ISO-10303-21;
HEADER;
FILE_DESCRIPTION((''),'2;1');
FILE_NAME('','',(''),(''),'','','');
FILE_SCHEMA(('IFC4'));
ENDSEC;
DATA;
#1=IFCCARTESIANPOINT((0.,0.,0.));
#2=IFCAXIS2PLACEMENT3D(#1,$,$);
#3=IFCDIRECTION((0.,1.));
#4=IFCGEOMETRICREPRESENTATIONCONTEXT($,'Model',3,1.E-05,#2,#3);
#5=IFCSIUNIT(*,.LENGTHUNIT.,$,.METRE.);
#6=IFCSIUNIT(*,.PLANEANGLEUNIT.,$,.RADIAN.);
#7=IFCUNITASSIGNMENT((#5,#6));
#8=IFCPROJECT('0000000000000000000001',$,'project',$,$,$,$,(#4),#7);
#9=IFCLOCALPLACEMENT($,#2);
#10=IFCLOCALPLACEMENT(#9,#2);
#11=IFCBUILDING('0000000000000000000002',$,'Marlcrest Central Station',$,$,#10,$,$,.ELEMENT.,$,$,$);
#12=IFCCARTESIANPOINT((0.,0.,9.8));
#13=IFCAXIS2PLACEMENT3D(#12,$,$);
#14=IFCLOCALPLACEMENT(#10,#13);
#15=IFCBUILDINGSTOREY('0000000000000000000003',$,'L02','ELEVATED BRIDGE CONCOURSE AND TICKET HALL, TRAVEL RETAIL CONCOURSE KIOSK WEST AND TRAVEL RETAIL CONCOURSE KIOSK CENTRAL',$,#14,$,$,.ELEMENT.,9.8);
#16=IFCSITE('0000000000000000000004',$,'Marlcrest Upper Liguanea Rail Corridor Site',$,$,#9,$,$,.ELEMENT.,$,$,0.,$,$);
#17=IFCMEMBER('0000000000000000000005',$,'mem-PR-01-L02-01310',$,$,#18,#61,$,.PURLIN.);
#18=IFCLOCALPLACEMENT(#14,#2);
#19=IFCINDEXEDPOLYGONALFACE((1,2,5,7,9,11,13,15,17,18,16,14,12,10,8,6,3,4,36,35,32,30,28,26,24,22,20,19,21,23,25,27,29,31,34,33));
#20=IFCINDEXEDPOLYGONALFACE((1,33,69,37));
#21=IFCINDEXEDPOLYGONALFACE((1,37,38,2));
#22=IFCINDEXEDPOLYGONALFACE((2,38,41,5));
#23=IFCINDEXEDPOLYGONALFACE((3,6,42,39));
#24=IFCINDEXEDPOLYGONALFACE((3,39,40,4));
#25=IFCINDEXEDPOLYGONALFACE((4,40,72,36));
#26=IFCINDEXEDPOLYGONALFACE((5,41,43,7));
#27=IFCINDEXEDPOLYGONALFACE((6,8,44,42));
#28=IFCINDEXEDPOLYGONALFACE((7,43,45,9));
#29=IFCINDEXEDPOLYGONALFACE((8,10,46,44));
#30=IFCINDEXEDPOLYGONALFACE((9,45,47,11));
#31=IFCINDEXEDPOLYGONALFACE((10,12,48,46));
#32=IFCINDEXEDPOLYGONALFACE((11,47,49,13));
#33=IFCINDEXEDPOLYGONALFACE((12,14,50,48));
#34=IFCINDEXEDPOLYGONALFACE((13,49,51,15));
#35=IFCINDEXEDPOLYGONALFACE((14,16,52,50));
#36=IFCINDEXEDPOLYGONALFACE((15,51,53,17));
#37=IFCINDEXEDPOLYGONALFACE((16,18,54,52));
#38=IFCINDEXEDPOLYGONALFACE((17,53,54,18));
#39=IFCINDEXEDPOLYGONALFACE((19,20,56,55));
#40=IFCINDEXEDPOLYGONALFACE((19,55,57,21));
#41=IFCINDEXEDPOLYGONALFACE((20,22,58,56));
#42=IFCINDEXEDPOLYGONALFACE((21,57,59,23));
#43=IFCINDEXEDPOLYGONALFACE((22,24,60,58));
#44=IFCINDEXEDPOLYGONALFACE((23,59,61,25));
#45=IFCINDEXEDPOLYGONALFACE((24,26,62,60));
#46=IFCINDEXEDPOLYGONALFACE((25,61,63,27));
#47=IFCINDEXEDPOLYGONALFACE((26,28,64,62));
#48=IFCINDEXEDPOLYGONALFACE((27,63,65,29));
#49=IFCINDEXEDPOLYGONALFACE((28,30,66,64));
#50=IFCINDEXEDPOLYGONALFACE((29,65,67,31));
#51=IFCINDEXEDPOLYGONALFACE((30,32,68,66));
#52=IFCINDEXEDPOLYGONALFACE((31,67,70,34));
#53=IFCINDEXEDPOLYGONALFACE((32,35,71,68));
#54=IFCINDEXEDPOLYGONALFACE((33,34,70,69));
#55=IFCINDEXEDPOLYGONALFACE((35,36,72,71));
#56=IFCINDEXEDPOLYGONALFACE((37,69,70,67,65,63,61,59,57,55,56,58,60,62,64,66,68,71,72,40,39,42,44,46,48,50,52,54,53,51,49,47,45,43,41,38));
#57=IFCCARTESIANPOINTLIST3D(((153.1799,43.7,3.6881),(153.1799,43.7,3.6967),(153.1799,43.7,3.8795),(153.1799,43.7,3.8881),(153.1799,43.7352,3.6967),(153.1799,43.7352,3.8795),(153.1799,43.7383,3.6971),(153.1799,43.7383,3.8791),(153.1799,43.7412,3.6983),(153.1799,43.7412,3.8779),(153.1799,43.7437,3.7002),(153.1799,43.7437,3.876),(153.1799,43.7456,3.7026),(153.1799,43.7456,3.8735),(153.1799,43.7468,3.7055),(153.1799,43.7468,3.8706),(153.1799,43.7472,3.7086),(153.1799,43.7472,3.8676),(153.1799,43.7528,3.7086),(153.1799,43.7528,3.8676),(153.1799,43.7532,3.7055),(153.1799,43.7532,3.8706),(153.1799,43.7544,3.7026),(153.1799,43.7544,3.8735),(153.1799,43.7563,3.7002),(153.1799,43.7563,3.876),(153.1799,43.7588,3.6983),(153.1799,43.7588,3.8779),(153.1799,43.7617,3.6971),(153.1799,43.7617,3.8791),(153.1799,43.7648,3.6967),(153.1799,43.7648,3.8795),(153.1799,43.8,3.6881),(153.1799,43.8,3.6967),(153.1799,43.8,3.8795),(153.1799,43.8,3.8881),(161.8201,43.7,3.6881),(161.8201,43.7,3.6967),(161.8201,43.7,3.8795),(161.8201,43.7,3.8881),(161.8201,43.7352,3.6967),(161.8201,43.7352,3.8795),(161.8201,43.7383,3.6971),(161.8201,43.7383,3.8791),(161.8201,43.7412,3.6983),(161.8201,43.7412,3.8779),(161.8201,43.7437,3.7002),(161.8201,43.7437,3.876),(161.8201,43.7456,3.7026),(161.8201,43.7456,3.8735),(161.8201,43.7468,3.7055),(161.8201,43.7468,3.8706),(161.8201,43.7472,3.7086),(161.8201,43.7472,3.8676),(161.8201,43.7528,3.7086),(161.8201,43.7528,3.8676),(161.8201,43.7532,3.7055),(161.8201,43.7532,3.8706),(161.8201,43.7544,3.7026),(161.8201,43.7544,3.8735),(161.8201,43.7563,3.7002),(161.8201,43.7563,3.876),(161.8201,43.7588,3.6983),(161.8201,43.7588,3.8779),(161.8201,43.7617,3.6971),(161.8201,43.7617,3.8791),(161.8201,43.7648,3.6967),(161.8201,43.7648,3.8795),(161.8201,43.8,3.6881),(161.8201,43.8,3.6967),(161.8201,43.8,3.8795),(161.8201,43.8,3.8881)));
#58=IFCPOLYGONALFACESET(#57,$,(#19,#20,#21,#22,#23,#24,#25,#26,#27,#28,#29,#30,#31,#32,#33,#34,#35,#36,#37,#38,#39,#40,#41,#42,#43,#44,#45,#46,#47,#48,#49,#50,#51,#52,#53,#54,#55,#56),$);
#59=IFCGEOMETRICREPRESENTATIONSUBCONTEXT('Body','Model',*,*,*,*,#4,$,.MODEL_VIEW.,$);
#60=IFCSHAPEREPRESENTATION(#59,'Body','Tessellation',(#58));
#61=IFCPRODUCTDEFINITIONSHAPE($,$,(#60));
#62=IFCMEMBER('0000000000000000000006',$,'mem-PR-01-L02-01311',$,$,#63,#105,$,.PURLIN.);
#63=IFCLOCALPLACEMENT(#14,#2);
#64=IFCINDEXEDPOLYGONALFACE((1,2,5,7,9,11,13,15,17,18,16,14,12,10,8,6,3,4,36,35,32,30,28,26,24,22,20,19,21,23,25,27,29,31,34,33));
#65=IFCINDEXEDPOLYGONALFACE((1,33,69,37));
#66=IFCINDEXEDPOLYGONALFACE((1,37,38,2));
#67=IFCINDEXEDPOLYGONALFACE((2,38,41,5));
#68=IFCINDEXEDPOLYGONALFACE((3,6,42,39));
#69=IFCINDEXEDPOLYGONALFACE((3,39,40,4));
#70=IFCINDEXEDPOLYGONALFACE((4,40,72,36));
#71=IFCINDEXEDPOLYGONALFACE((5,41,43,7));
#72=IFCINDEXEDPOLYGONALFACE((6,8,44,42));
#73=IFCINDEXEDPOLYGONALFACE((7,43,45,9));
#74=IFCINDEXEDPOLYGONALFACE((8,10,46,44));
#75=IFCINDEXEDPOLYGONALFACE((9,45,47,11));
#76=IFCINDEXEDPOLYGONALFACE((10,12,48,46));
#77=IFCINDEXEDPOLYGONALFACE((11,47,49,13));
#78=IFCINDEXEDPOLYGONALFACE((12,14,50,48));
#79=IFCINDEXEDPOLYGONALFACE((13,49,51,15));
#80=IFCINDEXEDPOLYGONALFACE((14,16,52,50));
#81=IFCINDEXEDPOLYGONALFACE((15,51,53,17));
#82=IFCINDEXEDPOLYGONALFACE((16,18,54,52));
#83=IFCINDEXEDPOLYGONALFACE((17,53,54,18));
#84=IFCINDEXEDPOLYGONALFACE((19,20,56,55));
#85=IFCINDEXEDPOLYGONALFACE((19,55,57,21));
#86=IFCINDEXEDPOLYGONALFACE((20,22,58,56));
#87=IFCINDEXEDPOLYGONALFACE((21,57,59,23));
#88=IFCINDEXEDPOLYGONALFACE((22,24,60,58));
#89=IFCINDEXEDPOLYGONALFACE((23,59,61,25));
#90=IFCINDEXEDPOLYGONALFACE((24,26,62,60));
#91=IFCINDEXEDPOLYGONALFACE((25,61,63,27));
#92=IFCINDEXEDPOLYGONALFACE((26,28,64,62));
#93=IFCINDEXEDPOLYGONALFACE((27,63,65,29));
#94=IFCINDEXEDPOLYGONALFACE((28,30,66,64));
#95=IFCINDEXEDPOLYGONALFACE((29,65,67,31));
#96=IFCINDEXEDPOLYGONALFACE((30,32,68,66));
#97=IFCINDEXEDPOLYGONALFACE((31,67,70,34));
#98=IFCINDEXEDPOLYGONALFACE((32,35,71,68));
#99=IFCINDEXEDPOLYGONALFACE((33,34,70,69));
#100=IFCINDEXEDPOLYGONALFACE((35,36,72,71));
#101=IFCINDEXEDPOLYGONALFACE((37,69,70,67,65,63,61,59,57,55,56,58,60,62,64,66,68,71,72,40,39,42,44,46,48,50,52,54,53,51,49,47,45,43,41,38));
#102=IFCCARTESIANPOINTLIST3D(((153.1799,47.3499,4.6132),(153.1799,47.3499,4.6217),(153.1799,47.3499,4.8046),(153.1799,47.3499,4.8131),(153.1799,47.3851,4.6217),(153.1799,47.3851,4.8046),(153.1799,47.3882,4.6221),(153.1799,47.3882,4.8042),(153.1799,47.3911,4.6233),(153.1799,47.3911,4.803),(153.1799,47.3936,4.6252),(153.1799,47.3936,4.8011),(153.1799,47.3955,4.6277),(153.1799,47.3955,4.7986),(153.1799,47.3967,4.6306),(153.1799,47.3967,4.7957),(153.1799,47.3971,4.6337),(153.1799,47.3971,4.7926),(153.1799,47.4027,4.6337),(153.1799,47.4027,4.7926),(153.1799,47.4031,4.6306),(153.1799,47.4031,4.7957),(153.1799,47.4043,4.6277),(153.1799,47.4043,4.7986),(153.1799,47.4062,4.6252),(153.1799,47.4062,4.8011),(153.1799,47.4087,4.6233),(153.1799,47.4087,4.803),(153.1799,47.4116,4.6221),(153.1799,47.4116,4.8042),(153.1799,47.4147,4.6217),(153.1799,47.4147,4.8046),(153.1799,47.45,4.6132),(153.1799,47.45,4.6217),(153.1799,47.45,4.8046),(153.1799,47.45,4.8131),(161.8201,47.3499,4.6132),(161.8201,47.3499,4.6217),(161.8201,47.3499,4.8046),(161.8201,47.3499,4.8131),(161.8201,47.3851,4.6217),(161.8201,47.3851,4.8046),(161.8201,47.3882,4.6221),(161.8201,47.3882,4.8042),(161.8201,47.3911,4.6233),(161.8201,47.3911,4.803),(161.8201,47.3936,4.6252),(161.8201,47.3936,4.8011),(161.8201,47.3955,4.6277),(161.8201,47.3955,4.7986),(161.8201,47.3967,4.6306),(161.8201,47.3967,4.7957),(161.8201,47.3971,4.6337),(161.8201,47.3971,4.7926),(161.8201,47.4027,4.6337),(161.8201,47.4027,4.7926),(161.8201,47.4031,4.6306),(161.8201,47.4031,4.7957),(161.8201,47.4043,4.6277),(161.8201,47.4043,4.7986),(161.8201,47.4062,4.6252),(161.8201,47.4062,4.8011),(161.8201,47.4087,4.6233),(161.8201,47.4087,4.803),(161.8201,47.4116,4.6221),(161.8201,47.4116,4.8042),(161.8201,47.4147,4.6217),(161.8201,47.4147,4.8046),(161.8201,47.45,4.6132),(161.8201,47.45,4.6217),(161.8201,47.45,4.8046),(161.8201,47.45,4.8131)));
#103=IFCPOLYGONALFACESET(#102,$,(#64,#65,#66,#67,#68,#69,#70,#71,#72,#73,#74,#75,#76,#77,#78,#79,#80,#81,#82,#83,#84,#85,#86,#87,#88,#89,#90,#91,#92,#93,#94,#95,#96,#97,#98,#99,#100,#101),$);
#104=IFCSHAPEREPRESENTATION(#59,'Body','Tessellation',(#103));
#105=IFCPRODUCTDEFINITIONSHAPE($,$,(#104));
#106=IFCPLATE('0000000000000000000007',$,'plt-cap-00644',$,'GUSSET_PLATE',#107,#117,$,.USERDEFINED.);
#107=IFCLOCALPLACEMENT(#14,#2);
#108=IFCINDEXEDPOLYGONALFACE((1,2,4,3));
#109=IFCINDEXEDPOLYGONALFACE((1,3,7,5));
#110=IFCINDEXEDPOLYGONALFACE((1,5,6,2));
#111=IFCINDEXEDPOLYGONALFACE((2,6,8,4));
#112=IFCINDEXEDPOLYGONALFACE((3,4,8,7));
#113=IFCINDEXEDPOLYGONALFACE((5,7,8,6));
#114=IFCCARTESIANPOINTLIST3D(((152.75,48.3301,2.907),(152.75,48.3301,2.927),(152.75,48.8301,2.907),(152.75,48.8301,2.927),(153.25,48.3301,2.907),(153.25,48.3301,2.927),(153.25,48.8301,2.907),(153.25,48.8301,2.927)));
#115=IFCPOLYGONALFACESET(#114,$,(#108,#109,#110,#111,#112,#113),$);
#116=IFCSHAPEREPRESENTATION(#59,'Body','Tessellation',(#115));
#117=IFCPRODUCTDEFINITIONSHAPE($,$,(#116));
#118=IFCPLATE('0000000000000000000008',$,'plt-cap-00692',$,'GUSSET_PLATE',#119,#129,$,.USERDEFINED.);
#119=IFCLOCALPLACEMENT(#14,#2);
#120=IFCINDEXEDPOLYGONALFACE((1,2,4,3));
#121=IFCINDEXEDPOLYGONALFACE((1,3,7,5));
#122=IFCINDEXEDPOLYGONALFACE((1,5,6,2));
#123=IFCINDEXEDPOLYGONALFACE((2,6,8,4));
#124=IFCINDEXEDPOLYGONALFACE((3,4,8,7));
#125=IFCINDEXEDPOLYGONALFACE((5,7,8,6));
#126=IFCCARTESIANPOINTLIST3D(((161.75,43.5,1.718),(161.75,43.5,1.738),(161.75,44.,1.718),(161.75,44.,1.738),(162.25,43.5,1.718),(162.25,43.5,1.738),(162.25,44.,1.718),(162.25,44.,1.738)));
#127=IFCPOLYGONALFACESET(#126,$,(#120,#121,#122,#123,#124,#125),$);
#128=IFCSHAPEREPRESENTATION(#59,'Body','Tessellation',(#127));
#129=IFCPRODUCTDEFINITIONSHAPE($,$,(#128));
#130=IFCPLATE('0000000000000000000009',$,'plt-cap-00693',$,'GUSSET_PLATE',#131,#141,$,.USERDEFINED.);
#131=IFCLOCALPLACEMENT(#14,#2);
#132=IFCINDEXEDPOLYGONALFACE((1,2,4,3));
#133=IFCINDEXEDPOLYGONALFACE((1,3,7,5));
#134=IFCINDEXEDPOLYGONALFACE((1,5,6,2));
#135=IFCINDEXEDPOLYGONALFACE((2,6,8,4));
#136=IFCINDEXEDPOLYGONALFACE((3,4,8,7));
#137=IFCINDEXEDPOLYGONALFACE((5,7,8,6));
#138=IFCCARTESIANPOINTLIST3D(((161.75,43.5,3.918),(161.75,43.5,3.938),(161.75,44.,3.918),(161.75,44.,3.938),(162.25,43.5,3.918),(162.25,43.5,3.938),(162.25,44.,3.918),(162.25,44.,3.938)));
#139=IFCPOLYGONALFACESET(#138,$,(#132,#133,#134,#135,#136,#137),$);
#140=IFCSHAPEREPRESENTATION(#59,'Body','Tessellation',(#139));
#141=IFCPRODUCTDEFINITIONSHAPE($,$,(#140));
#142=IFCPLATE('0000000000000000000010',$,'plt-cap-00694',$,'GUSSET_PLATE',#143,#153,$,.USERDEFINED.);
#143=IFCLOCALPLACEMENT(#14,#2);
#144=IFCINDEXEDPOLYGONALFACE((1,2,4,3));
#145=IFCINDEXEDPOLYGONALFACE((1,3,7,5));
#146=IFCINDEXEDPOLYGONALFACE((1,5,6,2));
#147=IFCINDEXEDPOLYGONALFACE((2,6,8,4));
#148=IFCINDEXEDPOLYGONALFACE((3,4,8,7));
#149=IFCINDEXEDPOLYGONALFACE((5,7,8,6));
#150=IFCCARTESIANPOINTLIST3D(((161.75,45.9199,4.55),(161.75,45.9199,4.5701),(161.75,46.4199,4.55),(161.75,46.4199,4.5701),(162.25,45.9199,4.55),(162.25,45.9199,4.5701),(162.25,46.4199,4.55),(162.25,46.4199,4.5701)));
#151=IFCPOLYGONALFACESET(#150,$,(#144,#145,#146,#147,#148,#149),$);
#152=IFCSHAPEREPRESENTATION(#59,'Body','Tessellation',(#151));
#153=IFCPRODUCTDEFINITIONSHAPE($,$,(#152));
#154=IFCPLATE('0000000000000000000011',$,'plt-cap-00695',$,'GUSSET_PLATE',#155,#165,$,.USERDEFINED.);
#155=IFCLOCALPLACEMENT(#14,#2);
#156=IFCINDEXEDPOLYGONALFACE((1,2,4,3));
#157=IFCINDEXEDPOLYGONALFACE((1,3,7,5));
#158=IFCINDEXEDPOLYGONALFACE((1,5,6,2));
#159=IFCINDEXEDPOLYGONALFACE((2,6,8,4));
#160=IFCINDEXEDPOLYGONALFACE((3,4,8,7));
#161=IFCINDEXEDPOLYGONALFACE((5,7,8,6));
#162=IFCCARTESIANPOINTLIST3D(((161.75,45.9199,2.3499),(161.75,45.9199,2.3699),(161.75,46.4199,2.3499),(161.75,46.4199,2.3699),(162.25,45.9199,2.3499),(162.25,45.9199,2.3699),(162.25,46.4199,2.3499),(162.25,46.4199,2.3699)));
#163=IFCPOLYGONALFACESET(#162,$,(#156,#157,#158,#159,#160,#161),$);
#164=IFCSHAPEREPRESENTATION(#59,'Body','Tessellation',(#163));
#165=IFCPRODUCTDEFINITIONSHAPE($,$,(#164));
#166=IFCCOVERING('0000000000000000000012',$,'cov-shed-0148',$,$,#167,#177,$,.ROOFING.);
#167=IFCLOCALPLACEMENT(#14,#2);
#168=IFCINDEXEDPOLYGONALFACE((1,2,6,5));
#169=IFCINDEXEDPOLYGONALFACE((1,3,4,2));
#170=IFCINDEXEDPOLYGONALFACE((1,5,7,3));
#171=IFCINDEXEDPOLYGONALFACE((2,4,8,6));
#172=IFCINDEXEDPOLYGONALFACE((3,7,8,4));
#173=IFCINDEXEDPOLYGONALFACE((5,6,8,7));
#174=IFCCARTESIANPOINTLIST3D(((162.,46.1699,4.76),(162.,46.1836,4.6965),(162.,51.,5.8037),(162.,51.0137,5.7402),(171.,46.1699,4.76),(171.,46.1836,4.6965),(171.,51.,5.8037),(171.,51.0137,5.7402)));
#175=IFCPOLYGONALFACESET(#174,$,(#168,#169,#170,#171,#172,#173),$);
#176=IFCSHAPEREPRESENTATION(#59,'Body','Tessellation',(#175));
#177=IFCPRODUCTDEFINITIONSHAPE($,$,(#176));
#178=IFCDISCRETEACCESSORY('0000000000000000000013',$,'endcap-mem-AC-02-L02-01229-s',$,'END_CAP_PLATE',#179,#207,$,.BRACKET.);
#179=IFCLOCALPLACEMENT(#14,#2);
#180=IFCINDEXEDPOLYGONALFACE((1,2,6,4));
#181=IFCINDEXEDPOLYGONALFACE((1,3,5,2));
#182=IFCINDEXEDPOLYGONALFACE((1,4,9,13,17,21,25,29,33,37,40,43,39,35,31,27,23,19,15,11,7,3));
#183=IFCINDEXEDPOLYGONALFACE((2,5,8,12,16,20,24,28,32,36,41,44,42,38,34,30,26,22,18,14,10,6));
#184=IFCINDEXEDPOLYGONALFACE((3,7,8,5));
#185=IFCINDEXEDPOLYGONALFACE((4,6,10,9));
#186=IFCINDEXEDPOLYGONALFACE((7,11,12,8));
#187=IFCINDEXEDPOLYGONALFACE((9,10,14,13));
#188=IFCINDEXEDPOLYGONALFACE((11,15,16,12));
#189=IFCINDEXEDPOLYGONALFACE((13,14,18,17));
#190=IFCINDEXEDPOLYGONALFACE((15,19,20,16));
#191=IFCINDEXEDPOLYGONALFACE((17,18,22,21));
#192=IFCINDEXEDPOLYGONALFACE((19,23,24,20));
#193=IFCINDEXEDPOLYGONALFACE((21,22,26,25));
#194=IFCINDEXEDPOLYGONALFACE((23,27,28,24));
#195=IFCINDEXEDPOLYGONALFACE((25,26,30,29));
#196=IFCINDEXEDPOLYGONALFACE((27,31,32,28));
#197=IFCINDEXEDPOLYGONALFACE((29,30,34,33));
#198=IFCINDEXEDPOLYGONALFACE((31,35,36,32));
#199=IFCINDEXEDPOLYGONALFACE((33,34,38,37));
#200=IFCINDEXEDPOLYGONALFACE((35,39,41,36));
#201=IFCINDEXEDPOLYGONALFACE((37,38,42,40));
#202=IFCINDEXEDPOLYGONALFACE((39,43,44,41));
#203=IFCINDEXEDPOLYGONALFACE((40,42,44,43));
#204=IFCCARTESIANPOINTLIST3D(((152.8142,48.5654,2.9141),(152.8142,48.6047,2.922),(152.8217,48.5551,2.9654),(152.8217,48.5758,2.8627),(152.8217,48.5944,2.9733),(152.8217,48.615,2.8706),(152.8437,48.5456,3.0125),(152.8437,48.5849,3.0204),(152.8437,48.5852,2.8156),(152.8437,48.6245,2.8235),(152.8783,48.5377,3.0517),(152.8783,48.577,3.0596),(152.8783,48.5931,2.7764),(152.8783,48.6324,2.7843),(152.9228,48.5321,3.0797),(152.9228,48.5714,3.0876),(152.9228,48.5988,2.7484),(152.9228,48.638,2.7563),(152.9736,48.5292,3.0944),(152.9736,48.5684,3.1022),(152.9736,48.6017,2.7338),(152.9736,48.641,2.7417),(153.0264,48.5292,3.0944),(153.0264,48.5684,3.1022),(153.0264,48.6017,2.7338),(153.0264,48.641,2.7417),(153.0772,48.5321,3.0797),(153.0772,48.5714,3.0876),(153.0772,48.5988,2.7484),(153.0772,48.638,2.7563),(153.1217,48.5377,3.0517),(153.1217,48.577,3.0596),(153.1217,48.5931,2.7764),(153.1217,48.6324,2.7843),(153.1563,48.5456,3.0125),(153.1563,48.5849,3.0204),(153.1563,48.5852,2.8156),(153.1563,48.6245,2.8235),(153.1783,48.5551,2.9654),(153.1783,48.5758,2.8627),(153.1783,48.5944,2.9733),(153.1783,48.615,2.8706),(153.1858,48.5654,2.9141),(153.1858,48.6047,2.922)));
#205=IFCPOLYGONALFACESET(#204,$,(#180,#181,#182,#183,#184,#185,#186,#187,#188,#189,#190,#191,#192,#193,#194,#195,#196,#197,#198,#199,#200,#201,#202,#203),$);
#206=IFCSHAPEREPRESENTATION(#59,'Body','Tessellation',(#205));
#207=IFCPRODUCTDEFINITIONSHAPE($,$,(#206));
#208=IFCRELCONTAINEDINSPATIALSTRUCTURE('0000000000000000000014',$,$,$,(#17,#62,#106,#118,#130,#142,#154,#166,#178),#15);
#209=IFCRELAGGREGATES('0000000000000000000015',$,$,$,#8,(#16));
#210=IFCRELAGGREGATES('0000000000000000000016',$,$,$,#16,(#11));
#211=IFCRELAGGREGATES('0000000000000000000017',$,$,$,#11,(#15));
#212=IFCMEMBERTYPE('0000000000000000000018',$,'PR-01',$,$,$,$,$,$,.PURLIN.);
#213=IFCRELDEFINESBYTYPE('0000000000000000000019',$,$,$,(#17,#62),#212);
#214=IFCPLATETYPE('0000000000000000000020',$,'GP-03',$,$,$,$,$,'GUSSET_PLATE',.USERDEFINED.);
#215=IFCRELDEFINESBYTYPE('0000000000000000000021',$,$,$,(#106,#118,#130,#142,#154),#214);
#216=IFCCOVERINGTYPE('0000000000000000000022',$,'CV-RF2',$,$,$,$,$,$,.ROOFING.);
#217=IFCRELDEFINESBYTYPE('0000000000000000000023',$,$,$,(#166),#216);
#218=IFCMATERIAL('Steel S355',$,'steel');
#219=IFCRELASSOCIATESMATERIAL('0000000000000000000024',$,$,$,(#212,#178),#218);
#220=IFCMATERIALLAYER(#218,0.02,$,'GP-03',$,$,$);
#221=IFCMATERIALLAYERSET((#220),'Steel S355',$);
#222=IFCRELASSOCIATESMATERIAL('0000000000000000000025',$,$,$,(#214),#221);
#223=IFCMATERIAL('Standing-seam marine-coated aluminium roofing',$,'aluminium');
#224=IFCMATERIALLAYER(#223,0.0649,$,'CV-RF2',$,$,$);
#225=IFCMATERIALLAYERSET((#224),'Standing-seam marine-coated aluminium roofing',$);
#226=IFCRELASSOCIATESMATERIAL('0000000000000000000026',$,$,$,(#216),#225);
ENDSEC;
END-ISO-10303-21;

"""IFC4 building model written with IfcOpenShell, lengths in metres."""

from ifc_helpers import new_model, si_unit, direction, frame, origin, origin_2d, place, context, subcontext, project, spatial, polyline, rectangle, circle, i_section, outline, extrude, material, layer, layer_set, material_profile, profile_set, type_object, element, save


model = new_model("IFC4")

# Units and contexts
model_context = context("Model", 3, precision=1e-05, world=origin(), true_north=direction((0.0, 1.0)))
body_context = subcontext(model_context, "Body", "Model", "MODEL_VIEW")
ifc_project = project(units=[si_unit("LENGTHUNIT", "METRE"), si_unit("PLANEANGLEUNIT", "RADIAN")], contexts=[model_context])

# Site, building, storey
site_placement = place(None, origin())
site = spatial("IfcSite", under=ifc_project, at=site_placement, Name="Marlcrest Upper Liguanea Rail Corridor Site", CompositionType="ELEMENT", RefElevation=0.0)
building_placement = place(site_placement, origin())
building = spatial("IfcBuilding", under=site, at=building_placement, Name="Marlcrest Central Station", CompositionType="ELEMENT")
storey_placement = place(building_placement, frame((0.0, 0.0, 9.8)))
storey = spatial("IfcBuildingStorey", under=building, at=storey_placement, Name="L02", Description="ELEVATED BRIDGE CONCOURSE AND TICKET HALL, TRAVEL RETAIL CONCOURSE KIOSK WEST AND TRAVEL RETAIL CONCOURSE KIOSK CENTRAL", CompositionType="ELEMENT", Elevation=9.8)

# Members
ifc_material_1 = material(Name="Steel S355", Category="steel")
ifc_material_profile_1 = material_profile(ifc_material_1, i_section(OverallWidth=0.1001, OverallDepth=0.2, WebThickness=0.0056, FlangeThickness=0.0085, FilletRadius=0.012, at=origin_2d()), Name="IPE 200")
ifc_profile_set_1 = profile_set([ifc_material_profile_1], Name="Steel S355")
member_type_1 = type_object("IfcMemberType", Name="PR-01", PredefinedType="PURLIN", material=ifc_profile_set_1)
for number, where, z_axis, x_axis, name in (
    (1, (153.1799, 43.75, 3.7881), (1.0, 0.0, 0.0), (0.0, 1.0, 0.0), "mem-PR-01-L02-01310"),
    (2, (153.1799, 47.3999, 4.7131), (1.0, 0.0, 0.0), (0.0, 1.0, 0.0), "mem-PR-01-L02-01311"),
):
    element("IfcMember", number, at=place(storey_placement, frame(where, z_axis=z_axis, x_axis=x_axis)), inside=storey, type_object=member_type_1, Name=name, PredefinedType="PURLIN", context=body_context, shape_type="SweptSolid", body=[
        extrude(i_section(OverallWidth=0.1001, OverallDepth=0.2, WebThickness=0.0056, FlangeThickness=0.0085, FilletRadius=0.012, at=origin_2d()), origin(), (0.0, 0.0, 1.0), 8.6401),
    ])

# Plates
ifc_layer_1 = layer(ifc_material_1, 0.02, Name="GP-03")
ifc_layer_set_1 = layer_set([ifc_layer_1], Name="Steel S355")
plate_type = type_object("IfcPlateType", Name="GP-03", ElementType="GUSSET_PLATE", PredefinedType="USERDEFINED", material=ifc_layer_set_1)
for number, where, z_axis, x_axis, name in (
    (3, (153.0, 48.5801, 2.907), (0.0, 0.0, 1.0), (1.0, 0.0, 0.0), "plt-cap-00644"),
    (4, (162.0, 43.75, 1.718), (0.0, 0.0, 1.0), (1.0, 0.0, 0.0), "plt-cap-00692"),
    (5, (162.0, 43.75, 3.918), (0.0, 0.0, 1.0), (1.0, 0.0, 0.0), "plt-cap-00693"),
    (6, (162.0, 46.1699, 4.55), (0.0, 0.0, 1.0), (1.0, 0.0, 0.0), "plt-cap-00694"),
    (7, (162.0, 46.1699, 2.3499), (0.0, 0.0, 1.0), (1.0, 0.0, 0.0), "plt-cap-00695"),
):
    element("IfcPlate", number, at=place(storey_placement, frame(where, z_axis=z_axis, x_axis=x_axis)), inside=storey, type_object=plate_type, Name=name, ObjectType="GUSSET_PLATE", PredefinedType="USERDEFINED", context=body_context, shape_type="SweptSolid", body=[
        extrude(rectangle(XDim=0.5, YDim=0.5, at=origin_2d()), origin(), (0.0, 0.0, 1.0), 0.02),
    ])

# Covering
ifc_material_2 = material(Name="Standing-seam marine-coated aluminium roofing", Category="aluminium")
ifc_layer_2 = layer(ifc_material_2, 0.0649, Name="CV-RF2")
ifc_layer_set_2 = layer_set([ifc_layer_2], Name="Standing-seam marine-coated aluminium roofing")
covering_type = type_object("IfcCoveringType", Name="CV-RF2", PredefinedType="ROOFING", material=ifc_layer_set_2)
covering_placement = place(storey_placement, frame((162.0, 46.1699, 4.76), z_axis=(0.0, -0.211209, 0.977441), x_axis=(1.0, 0.0, 0.0)))
element("IfcCovering", 8, at=covering_placement, inside=storey, type_object=covering_type, Name="cov-shed-0148", PredefinedType="ROOFING", context=body_context, shape_type="SweptSolid", body=[
    extrude(outline(polyline([(0.0, 0.0), (9.0, 0.0), (9.0, 4.9416), (0.0, 4.9416), (0.0, 0.0)])), origin(), (0.0, 0.0, -1.0), 0.0649),
])

# Discrete accessory
discrete_accessory_1_placement = place(storey_placement, frame((153.0, 48.5654, 2.9141), z_axis=(0.0, 0.980359, 0.197219), x_axis=(-1.0, 0.0, 0.0)))
element("IfcDiscreteAccessory", 9, at=discrete_accessory_1_placement, inside=storey, material=ifc_material_1, Name="endcap-mem-AC-02-L02-01229-s", ObjectType="END_CAP_PLATE", PredefinedType="BRACKET", context=body_context, shape_type="SweptSolid", body=[
    extrude(circle(Radius=0.1858, at=origin_2d()), origin(), (0.0, 0.0, 1.0), 0.04),
])

save(model, "model.ifc")
